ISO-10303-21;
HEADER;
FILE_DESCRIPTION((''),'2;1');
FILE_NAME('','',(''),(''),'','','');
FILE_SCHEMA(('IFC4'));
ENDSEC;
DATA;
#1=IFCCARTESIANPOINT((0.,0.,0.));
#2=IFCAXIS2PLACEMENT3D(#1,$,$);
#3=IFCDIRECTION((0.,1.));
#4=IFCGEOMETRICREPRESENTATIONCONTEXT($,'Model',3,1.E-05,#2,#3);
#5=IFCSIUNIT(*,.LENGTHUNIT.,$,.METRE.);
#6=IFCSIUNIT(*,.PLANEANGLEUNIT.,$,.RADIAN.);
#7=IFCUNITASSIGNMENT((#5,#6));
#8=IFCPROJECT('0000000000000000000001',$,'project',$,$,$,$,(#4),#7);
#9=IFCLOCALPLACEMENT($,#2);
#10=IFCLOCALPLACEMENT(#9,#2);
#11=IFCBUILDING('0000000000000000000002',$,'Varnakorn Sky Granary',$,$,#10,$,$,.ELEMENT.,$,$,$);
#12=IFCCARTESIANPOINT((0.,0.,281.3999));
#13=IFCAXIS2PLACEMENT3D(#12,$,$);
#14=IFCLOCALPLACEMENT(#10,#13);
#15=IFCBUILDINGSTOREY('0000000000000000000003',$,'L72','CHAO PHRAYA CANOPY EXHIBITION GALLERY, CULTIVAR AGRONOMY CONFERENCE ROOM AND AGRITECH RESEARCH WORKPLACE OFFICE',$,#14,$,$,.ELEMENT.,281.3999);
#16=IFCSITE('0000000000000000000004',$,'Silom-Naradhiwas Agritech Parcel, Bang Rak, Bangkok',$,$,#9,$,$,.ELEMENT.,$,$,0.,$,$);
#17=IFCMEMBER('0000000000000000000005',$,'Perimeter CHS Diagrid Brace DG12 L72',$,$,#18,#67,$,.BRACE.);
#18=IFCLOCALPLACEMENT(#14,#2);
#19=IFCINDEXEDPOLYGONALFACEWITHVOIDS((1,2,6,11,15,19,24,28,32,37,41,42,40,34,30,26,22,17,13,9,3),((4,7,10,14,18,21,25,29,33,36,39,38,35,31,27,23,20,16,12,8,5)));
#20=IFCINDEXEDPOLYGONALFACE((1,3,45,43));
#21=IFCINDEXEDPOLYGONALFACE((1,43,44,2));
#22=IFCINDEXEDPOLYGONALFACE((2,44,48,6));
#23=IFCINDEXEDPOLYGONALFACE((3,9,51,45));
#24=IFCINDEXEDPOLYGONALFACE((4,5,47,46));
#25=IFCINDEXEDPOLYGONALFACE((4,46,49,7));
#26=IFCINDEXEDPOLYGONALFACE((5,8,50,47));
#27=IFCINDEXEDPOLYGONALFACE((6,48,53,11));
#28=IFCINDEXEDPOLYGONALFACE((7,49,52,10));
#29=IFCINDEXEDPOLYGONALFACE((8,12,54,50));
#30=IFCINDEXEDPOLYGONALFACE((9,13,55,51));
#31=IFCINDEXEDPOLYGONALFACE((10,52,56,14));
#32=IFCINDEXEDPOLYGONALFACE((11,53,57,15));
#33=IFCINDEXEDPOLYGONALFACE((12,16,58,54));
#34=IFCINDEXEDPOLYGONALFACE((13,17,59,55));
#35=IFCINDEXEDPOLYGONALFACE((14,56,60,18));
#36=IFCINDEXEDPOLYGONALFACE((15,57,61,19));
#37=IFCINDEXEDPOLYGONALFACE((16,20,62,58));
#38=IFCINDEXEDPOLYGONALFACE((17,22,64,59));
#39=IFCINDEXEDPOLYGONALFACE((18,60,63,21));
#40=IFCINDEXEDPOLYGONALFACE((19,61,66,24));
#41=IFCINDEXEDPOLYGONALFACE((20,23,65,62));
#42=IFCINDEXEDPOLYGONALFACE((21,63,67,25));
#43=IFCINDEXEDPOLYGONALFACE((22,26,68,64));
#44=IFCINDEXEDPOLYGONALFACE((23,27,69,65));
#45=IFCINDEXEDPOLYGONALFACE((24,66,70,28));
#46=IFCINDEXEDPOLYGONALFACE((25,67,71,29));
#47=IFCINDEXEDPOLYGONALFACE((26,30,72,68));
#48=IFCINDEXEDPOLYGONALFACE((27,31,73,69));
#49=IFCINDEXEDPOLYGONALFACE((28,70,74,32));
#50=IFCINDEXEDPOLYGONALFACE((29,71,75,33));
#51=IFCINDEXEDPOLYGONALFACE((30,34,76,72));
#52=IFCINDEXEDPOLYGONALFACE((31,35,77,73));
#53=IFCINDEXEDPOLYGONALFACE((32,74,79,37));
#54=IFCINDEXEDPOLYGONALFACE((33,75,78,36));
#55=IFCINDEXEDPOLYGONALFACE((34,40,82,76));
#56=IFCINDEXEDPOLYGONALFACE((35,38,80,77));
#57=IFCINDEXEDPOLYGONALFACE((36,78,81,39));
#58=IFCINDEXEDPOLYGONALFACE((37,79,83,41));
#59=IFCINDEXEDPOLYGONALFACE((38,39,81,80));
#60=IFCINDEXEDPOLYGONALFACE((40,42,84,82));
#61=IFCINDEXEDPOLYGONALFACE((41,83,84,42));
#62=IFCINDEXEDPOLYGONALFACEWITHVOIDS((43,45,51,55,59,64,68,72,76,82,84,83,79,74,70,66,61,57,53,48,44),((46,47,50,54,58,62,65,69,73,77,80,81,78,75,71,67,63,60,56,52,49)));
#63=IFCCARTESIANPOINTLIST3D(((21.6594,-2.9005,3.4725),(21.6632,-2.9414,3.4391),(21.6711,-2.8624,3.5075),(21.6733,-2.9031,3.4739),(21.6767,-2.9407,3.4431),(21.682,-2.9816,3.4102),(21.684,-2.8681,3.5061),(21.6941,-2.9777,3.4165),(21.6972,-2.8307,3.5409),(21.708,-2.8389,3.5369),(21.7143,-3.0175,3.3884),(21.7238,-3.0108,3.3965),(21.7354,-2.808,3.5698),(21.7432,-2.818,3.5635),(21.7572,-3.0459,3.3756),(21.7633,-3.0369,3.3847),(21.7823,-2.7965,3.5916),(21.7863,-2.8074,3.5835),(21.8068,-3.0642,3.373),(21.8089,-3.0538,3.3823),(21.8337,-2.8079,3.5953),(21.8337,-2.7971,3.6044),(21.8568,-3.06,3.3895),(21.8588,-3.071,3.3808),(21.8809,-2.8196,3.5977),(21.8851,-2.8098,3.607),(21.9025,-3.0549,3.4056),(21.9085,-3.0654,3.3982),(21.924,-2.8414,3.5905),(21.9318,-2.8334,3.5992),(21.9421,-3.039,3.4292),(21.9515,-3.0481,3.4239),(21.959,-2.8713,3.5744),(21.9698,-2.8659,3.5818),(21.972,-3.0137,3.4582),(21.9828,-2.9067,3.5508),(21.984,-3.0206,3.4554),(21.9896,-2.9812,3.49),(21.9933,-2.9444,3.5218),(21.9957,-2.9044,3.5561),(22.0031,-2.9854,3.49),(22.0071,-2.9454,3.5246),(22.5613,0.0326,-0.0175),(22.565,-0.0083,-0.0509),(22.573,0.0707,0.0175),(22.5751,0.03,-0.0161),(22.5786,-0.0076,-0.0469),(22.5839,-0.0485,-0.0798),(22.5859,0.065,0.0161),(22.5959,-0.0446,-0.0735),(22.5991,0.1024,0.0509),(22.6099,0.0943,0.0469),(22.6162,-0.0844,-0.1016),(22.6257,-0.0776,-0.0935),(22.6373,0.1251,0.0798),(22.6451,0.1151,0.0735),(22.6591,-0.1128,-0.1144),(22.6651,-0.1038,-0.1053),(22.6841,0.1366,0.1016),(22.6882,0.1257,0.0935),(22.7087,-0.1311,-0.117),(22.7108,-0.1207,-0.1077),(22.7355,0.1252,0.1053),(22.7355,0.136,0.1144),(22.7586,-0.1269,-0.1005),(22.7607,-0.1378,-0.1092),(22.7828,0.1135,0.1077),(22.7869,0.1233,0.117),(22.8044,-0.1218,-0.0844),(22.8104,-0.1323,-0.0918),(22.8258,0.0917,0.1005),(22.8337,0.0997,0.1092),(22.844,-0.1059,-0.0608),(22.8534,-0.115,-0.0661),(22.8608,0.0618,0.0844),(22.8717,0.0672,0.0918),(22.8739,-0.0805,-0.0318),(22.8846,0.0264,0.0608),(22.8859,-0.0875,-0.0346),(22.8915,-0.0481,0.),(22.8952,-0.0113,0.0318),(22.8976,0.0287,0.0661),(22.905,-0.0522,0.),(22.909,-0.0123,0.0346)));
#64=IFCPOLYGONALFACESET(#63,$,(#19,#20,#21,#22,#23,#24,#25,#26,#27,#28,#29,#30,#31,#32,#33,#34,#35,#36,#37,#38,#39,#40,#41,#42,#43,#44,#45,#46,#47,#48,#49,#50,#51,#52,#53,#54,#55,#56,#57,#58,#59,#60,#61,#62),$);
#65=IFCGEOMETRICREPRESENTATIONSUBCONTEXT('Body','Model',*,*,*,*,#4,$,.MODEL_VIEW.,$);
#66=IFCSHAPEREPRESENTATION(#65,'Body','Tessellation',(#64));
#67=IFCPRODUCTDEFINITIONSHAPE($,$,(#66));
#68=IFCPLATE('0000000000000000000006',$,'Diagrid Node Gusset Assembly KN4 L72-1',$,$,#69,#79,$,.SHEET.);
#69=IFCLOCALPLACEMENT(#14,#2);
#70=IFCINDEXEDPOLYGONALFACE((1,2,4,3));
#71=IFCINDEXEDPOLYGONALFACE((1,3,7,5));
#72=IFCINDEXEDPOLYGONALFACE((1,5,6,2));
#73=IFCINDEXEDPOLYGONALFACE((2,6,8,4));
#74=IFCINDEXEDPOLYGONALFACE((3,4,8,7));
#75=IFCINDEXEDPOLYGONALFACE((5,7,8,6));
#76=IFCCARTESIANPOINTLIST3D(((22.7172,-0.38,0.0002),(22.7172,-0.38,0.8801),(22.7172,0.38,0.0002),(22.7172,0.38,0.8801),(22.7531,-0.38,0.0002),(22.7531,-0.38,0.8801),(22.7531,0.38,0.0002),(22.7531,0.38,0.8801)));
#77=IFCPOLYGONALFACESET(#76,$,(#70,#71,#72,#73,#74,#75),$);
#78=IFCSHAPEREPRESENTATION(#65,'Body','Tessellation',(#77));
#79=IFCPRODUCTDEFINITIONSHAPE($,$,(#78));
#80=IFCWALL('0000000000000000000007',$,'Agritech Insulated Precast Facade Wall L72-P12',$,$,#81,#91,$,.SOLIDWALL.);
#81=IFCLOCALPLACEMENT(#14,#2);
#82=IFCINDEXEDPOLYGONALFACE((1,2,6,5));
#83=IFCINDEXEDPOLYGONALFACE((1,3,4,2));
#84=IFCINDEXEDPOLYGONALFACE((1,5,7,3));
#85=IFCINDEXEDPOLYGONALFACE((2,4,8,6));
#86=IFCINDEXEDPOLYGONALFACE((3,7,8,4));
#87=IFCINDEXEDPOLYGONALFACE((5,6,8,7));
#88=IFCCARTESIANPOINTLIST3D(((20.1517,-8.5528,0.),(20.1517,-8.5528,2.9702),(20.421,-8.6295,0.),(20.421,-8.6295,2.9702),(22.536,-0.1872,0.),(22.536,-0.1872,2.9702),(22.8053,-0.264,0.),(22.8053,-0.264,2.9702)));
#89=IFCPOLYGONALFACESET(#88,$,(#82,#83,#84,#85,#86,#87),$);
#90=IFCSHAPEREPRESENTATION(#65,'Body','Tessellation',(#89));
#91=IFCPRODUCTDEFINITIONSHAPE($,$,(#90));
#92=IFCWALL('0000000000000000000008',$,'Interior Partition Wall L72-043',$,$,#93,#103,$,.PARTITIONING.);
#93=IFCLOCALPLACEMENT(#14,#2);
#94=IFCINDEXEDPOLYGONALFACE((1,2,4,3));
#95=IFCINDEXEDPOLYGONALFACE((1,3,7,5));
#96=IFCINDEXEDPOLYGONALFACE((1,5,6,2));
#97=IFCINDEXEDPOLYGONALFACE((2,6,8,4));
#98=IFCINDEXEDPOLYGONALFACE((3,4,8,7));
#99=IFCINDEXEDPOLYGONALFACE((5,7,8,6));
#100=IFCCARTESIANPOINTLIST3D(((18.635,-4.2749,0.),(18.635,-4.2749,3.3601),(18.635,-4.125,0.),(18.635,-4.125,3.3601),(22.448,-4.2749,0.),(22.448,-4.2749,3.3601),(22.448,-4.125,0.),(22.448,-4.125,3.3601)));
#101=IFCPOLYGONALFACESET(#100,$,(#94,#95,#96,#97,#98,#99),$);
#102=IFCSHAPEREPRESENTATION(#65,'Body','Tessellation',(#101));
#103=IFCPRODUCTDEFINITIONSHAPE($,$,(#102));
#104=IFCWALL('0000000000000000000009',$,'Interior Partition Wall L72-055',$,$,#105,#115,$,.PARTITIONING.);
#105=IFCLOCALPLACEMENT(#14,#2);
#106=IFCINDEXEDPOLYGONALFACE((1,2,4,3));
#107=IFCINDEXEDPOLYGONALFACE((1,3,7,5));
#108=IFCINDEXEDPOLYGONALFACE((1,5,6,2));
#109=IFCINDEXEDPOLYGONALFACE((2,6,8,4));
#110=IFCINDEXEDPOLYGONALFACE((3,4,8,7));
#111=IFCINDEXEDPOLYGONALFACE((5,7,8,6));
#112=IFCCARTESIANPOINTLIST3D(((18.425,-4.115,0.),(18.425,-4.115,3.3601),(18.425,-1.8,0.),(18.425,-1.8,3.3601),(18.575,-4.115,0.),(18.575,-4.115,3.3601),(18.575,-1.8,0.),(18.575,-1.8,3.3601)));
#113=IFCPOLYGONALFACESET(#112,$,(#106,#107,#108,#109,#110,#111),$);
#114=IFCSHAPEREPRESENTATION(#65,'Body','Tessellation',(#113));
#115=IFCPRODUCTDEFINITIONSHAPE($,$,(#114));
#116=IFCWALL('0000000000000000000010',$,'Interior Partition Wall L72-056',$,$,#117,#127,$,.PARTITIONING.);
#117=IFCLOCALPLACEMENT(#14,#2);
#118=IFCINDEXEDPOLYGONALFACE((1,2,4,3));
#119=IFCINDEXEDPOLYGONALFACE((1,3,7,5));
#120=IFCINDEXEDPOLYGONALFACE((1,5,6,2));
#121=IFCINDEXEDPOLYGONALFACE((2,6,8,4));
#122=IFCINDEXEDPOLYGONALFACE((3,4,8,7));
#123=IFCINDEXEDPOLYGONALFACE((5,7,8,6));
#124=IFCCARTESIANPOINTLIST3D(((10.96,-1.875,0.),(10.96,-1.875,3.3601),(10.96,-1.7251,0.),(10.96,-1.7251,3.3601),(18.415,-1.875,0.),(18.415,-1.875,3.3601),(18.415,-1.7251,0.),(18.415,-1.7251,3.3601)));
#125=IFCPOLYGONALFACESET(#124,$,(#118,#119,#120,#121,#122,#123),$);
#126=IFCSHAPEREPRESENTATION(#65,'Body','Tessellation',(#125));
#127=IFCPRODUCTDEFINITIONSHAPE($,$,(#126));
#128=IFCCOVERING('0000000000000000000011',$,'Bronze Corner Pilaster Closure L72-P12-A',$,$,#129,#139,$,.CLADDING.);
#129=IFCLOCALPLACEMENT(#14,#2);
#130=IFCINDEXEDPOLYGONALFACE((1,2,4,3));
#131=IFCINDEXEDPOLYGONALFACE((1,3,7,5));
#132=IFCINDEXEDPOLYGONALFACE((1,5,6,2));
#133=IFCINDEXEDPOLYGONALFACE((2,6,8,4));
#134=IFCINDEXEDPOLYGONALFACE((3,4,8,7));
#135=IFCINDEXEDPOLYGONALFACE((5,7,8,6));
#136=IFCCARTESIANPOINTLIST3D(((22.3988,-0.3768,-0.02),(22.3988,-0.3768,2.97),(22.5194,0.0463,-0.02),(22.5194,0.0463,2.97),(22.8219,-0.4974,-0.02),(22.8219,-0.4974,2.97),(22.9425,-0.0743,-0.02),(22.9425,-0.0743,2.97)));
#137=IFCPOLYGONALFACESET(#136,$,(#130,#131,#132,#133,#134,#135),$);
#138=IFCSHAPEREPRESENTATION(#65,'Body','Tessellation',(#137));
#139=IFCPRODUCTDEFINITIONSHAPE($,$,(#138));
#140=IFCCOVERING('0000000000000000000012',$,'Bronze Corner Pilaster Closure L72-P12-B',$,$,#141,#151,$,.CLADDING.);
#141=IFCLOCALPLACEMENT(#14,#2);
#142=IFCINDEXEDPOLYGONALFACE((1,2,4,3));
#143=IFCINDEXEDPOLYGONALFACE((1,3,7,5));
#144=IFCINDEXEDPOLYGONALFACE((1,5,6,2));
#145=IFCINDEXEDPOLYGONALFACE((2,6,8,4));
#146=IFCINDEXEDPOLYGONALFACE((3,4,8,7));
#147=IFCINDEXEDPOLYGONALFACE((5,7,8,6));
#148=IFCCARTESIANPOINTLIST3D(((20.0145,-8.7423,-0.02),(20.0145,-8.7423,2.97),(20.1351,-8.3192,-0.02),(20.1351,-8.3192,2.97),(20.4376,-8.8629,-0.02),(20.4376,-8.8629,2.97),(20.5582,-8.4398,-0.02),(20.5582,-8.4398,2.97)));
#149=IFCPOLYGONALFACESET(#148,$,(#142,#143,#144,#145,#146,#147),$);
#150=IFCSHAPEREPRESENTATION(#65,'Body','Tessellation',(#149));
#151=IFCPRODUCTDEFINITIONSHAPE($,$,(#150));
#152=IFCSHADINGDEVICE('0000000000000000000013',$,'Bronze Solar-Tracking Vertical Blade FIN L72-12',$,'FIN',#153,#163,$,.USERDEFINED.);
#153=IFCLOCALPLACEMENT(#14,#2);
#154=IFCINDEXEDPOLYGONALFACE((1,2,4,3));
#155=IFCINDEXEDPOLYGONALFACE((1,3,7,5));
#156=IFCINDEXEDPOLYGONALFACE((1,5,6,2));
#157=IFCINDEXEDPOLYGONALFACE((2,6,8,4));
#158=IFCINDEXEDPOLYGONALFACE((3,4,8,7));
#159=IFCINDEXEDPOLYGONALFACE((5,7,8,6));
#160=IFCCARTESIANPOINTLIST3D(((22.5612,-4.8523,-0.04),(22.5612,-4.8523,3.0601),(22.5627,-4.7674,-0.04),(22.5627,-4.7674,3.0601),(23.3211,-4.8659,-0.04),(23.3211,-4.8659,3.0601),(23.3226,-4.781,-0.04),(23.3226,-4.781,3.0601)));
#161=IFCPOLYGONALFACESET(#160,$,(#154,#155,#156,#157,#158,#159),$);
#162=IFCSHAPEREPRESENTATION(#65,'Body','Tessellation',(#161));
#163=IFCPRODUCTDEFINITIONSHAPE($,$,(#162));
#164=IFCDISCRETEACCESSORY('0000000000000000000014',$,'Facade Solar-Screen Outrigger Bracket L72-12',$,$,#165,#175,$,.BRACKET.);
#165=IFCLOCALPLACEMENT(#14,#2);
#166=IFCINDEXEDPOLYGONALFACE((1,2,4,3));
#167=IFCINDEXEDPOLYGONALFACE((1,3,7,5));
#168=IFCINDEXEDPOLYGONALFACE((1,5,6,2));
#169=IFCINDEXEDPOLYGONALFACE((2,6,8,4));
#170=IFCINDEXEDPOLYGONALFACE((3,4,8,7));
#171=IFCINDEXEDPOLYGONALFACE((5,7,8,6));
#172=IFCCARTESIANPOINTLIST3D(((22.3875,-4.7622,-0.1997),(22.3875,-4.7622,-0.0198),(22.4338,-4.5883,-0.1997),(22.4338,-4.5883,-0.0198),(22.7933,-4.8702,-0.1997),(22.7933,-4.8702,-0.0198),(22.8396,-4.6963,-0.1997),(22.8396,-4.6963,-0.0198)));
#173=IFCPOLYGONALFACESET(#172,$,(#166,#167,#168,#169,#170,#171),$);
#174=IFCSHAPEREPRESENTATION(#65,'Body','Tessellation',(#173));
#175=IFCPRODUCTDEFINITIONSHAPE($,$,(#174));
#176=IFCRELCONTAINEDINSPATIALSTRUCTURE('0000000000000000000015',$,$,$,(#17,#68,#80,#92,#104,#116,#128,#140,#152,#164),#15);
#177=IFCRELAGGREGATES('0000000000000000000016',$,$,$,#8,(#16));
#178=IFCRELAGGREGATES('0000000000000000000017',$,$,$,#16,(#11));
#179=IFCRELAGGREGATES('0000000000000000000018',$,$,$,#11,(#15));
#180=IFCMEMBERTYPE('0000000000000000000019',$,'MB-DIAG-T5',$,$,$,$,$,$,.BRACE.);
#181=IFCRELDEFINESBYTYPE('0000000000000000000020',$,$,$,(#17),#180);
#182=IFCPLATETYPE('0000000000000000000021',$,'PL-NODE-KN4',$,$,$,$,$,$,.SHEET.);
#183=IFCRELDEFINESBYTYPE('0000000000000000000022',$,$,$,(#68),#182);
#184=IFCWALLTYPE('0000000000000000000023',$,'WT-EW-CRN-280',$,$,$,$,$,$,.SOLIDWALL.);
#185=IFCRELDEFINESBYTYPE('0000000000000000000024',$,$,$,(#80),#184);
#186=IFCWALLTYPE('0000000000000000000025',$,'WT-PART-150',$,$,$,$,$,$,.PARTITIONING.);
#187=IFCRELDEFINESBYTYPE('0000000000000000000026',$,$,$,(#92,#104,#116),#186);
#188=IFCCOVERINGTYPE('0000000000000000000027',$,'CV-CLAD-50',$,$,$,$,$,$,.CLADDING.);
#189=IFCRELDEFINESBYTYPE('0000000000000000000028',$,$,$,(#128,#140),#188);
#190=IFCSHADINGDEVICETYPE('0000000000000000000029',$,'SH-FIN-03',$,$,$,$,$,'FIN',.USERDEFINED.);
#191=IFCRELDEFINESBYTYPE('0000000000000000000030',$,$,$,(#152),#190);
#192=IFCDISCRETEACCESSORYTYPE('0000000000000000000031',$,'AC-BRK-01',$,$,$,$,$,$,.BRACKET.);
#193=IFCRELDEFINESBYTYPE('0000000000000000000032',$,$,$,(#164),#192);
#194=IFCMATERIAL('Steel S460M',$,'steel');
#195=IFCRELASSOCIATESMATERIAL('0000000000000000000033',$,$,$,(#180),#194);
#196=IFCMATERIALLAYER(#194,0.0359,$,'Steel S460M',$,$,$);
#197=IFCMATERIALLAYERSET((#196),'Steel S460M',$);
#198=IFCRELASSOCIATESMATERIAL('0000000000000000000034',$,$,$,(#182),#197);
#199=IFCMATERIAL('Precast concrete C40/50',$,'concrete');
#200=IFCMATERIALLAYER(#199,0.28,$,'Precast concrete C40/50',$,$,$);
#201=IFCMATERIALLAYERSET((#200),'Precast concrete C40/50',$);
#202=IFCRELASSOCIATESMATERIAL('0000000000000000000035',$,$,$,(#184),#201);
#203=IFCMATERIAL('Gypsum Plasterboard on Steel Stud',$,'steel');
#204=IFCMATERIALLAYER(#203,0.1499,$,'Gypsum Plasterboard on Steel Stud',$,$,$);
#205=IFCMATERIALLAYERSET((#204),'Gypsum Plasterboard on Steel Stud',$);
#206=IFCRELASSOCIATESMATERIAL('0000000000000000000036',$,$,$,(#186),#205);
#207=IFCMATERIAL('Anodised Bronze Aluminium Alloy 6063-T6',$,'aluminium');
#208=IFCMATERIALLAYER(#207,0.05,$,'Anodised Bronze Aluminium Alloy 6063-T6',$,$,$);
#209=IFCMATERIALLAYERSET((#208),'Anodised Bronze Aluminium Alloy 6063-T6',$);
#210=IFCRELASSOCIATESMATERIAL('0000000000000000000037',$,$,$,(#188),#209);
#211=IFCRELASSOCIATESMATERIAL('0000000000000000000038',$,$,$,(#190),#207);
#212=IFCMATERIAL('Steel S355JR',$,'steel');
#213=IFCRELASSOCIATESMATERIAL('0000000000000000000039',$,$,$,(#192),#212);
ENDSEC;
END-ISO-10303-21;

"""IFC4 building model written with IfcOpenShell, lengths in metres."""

from ifc_helpers import new_model, si_unit, direction, frame, frame_2d, origin, origin_2d, place, context, subcontext, project, spatial, rectangle, hollow_circle, extrude, source, transform, mapped, material, layer, layer_set, material_profile, profile_set, type_object, type_shapes, element, save


model = new_model("IFC4")

# Units and contexts
model_context = context("Model", 3, precision=1e-05, world=origin(), true_north=direction((0.0, 1.0)))
body_context = subcontext(model_context, "Body", "Model", "MODEL_VIEW")
ifc_project = project(units=[si_unit("LENGTHUNIT", "METRE"), si_unit("PLANEANGLEUNIT", "RADIAN")], contexts=[model_context])

# Site, building, storey
site_placement = place(None, origin())
site = spatial("IfcSite", under=ifc_project, at=site_placement, Name="Silom-Naradhiwas Agritech Parcel, Bang Rak, Bangkok", CompositionType="ELEMENT", RefElevation=0.0)
building_placement = place(site_placement, origin())
building = spatial("IfcBuilding", under=site, at=building_placement, Name="Varnakorn Sky Granary", CompositionType="ELEMENT")
storey_placement = place(building_placement, frame((0.0, 0.0, 281.3999)))
storey = spatial("IfcBuildingStorey", under=building, at=storey_placement, Name="L72", Description="CHAO PHRAYA CANOPY EXHIBITION GALLERY, CULTIVAR AGRONOMY CONFERENCE ROOM AND AGRITECH RESEARCH WORKPLACE OFFICE", CompositionType="ELEMENT", Elevation=281.3999)

# Shared definitions
ifc_material_1 = material(Name="Steel S460M", Category="steel")

# Shared definitions
ifc_material_2 = material(Name="Steel S355JR", Category="steel")

# Shared definitions
ifc_material_3 = material(Name="Anodised Bronze Aluminium Alloy 6063-T6", Category="aluminium")

# Member
ifc_material_profile_1 = material_profile(ifc_material_1, hollow_circle(Radius=0.1777, WallThickness=0.0142, at=origin_2d()), Name="CHS 355.6x14")
ifc_profile_set_1 = profile_set([ifc_material_profile_1], Name="Steel S460M")
member_type_1 = type_object("IfcMemberType", Name="MB-DIAG-T5", PredefinedType="BRACE", material=ifc_profile_set_1)
for number, where, z_axis, x_axis, name in (
    (1, (22.7351, 0.0, 0.0), (-0.194064, -0.631155, 0.750987), (0.955837, -0.293896, 0.0), "Perimeter CHS Diagrid Brace DG12 L72"),
):
    element("IfcMember", number, at=place(storey_placement, frame(where, z_axis=z_axis, x_axis=x_axis)), inside=storey, type_object=member_type_1, Name=name, PredefinedType="BRACE", context=body_context, shape_type="SweptSolid", body=[
        extrude(hollow_circle(Radius=0.1777, WallThickness=0.0142, at=origin_2d()), origin(), (0.0, 0.0, 1.0), 4.6472),
    ])

# Plate
ifc_layer_1 = layer(ifc_material_1, 0.0359, Name="Steel S460M")
ifc_layer_set_1 = layer_set([ifc_layer_1], Name="Steel S460M")
plate_type = type_object("IfcPlateType", Name="PL-NODE-KN4", PredefinedType="SHEET", material=ifc_layer_set_1)
plate_placement = place(storey_placement, frame((22.7351, 0.0, 0.0002), z_axis=(0.0, 0.0, 1.0), x_axis=(0.0, 1.0, 0.0)))
element("IfcPlate", 2, at=plate_placement, inside=storey, type_object=plate_type, Name="Diagrid Node Gusset Assembly KN4 L72-1", PredefinedType="SHEET", context=body_context, shape_type="SweptSolid", body=[
    extrude(rectangle(XDim=0.76, YDim=0.0359, at=origin_2d()), origin(), (0.0, 0.0, 1.0), 0.8799),
])

# Walls
ifc_material_4 = material(Name="Precast concrete C40/50", Category="concrete")
ifc_layer_2 = layer(ifc_material_4, 0.28, Name="Precast concrete C40/50")
ifc_layer_set_2 = layer_set([ifc_layer_2], Name="Precast concrete C40/50")
wall_type_1 = type_object("IfcWallType", Name="WT-EW-CRN-280", PredefinedType="SOLIDWALL", material=ifc_layer_set_2)
wall_1_placement = place(storey_placement, frame((22.6707, -0.2256, 0.0), z_axis=(0.0, 0.0, 1.0), x_axis=(-0.274098, -0.961702, 0.0)))
element("IfcWall", 3, at=wall_1_placement, inside=storey, type_object=wall_type_1, Name="Agritech Insulated Precast Facade Wall L72-P12", PredefinedType="SOLIDWALL", context=body_context, shape_type="SweptSolid", body=[
    extrude(rectangle(XDim=8.6987, YDim=0.28, at=frame_2d((4.3494, 0.0))), origin(), (0.0, 0.0, 1.0), 2.9702),
])
ifc_material_5 = material(Name="Gypsum Plasterboard on Steel Stud", Category="steel")
ifc_layer_3 = layer(ifc_material_5, 0.1499, Name="Gypsum Plasterboard on Steel Stud")
ifc_layer_set_3 = layer_set([ifc_layer_3], Name="Gypsum Plasterboard on Steel Stud")
wall_type_2 = type_object("IfcWallType", Name="WT-PART-150", PredefinedType="PARTITIONING", material=ifc_layer_set_3)
wall_2_placement = place(storey_placement, frame((18.635, -4.2, 0.0), z_axis=(0.0, 0.0, 1.0), x_axis=(1.0, 0.0, 0.0)))
element("IfcWall", 4, at=wall_2_placement, inside=storey, type_object=wall_type_2, Name="Interior Partition Wall L72-043", PredefinedType="PARTITIONING", context=body_context, shape_type="SweptSolid", body=[
    extrude(rectangle(XDim=3.813, YDim=0.1499, at=frame_2d((1.9065, 0.0))), origin(), (0.0, 0.0, 1.0), 3.3601),
])
wall_3_placement = place(storey_placement, frame((18.5, -4.115, 0.0), z_axis=(0.0, 0.0, 1.0), x_axis=(0.0, 1.0, 0.0)))
element("IfcWall", 5, at=wall_3_placement, inside=storey, type_object=wall_type_2, Name="Interior Partition Wall L72-055", PredefinedType="PARTITIONING", context=body_context, shape_type="SweptSolid", body=[
    extrude(rectangle(XDim=2.3149, YDim=0.1499, at=frame_2d((1.1575, 0.0))), origin(), (0.0, 0.0, 1.0), 3.3601),
])
wall_4_placement = place(storey_placement, frame((18.415, -1.8, 0.0), z_axis=(0.0, 0.0, 1.0), x_axis=(-1.0, 0.0, 0.0)))
element("IfcWall", 6, at=wall_4_placement, inside=storey, type_object=wall_type_2, Name="Interior Partition Wall L72-056", PredefinedType="PARTITIONING", context=body_context, shape_type="SweptSolid", body=[
    extrude(rectangle(XDim=7.4551, YDim=0.1499, at=frame_2d((3.7275, 0.0))), origin(), (0.0, 0.0, 1.0), 3.3601),
])

# Coverings
ifc_layer_4 = layer(ifc_material_3, 0.05, Name="Anodised Bronze Aluminium Alloy 6063-T6")
ifc_layer_set_4 = layer_set([ifc_layer_4], Name="Anodised Bronze Aluminium Alloy 6063-T6")
covering_type = type_object("IfcCoveringType", Name="CV-CLAD-50", PredefinedType="CLADDING", material=ifc_layer_set_4)
shared_shape_1 = source(origin(), body_context, "Body", "SweptSolid", [
    extrude(rectangle(XDim=0.4399, YDim=0.4399, at=origin_2d()), origin(), (0.0, 0.0, 1.0), 2.99),
])
type_shapes(covering_type, [shared_shape_1])
for number, where, z_axis, x_axis, name in (
    (7, (22.6707, -0.2256, -0.02), (0.0, 0.0, 1.0), (-0.274127, -0.961693, 0.0), "Bronze Corner Pilaster Closure L72-P12-A"),
    (8, (20.2864, -8.5911, -0.02), (0.0, 0.0, 1.0), (-0.274127, -0.961693, 0.0), "Bronze Corner Pilaster Closure L72-P12-B"),
):
    element("IfcCovering", number, at=place(storey_placement, frame(where, z_axis=z_axis, x_axis=x_axis)), inside=storey, type_object=covering_type, Name=name, PredefinedType="CLADDING", context=body_context, shape_type="MappedRepresentation", body=[
        mapped(shared_shape_1, transform((0.0, 0.0, 0.0), x_axis=(1.0, 0.0, 0.0), y_axis=(0.0, 1.0, 0.0), z_axis=(0.0, 0.0, 1.0), scale=1.0)),
    ])

# Shading device
shading_device_type = type_object("IfcShadingDeviceType", Name="SH-FIN-03", ElementType="FIN", PredefinedType="USERDEFINED", material=ifc_material_3)
shared_shape_2 = source(origin(), body_context, "Body", "SweptSolid", [
    extrude(rectangle(XDim=0.085, YDim=0.76, at=origin_2d()), origin(), (0.0, 0.0, 1.0), 3.1001),
])
type_shapes(shading_device_type, [shared_shape_2])
shading_device_placement = place(storey_placement, frame((22.9419, -4.8167, -0.04), z_axis=(0.0, 0.0, 1.0), x_axis=(0.017907, 0.99984, 0.0)))
element("IfcShadingDevice", 9, at=shading_device_placement, inside=storey, type_object=shading_device_type, Name="Bronze Solar-Tracking Vertical Blade FIN L72-12", ObjectType="FIN", PredefinedType="USERDEFINED", context=body_context, shape_type="MappedRepresentation", body=[
    mapped(shared_shape_2, transform((0.0, 0.0, 0.0), x_axis=(1.0, 0.0, 0.0), y_axis=(0.0, 1.0, 0.0), z_axis=(0.0, 0.0, 1.0), scale=1.0)),
])

# Discrete accessory
discrete_accessory_type = type_object("IfcDiscreteAccessoryType", Name="AC-BRK-01", PredefinedType="BRACKET", material=ifc_material_2)
shared_shape_3 = source(origin(), body_context, "Body", "SweptSolid", [
    extrude(rectangle(XDim=0.1799, YDim=0.4199, at=origin_2d()), origin(), (0.0, 0.0, 1.0), 0.1799),
])
type_shapes(discrete_accessory_type, [shared_shape_3])
discrete_accessory_placement = place(storey_placement, frame((22.6135, -4.7292, -0.1997), z_axis=(0.0, 0.0, 1.0), x_axis=(0.257269, 0.96634, 0.0)))
element("IfcDiscreteAccessory", 10, at=discrete_accessory_placement, inside=storey, type_object=discrete_accessory_type, Name="Facade Solar-Screen Outrigger Bracket L72-12", PredefinedType="BRACKET", context=body_context, shape_type="MappedRepresentation", body=[
    mapped(shared_shape_3, transform((0.0, 0.0, 0.0), x_axis=(1.0, 0.0, 0.0), y_axis=(0.0, 1.0, 0.0), z_axis=(0.0, 0.0, 1.0), scale=1.0)),
])

save(model, "model.ifc")
